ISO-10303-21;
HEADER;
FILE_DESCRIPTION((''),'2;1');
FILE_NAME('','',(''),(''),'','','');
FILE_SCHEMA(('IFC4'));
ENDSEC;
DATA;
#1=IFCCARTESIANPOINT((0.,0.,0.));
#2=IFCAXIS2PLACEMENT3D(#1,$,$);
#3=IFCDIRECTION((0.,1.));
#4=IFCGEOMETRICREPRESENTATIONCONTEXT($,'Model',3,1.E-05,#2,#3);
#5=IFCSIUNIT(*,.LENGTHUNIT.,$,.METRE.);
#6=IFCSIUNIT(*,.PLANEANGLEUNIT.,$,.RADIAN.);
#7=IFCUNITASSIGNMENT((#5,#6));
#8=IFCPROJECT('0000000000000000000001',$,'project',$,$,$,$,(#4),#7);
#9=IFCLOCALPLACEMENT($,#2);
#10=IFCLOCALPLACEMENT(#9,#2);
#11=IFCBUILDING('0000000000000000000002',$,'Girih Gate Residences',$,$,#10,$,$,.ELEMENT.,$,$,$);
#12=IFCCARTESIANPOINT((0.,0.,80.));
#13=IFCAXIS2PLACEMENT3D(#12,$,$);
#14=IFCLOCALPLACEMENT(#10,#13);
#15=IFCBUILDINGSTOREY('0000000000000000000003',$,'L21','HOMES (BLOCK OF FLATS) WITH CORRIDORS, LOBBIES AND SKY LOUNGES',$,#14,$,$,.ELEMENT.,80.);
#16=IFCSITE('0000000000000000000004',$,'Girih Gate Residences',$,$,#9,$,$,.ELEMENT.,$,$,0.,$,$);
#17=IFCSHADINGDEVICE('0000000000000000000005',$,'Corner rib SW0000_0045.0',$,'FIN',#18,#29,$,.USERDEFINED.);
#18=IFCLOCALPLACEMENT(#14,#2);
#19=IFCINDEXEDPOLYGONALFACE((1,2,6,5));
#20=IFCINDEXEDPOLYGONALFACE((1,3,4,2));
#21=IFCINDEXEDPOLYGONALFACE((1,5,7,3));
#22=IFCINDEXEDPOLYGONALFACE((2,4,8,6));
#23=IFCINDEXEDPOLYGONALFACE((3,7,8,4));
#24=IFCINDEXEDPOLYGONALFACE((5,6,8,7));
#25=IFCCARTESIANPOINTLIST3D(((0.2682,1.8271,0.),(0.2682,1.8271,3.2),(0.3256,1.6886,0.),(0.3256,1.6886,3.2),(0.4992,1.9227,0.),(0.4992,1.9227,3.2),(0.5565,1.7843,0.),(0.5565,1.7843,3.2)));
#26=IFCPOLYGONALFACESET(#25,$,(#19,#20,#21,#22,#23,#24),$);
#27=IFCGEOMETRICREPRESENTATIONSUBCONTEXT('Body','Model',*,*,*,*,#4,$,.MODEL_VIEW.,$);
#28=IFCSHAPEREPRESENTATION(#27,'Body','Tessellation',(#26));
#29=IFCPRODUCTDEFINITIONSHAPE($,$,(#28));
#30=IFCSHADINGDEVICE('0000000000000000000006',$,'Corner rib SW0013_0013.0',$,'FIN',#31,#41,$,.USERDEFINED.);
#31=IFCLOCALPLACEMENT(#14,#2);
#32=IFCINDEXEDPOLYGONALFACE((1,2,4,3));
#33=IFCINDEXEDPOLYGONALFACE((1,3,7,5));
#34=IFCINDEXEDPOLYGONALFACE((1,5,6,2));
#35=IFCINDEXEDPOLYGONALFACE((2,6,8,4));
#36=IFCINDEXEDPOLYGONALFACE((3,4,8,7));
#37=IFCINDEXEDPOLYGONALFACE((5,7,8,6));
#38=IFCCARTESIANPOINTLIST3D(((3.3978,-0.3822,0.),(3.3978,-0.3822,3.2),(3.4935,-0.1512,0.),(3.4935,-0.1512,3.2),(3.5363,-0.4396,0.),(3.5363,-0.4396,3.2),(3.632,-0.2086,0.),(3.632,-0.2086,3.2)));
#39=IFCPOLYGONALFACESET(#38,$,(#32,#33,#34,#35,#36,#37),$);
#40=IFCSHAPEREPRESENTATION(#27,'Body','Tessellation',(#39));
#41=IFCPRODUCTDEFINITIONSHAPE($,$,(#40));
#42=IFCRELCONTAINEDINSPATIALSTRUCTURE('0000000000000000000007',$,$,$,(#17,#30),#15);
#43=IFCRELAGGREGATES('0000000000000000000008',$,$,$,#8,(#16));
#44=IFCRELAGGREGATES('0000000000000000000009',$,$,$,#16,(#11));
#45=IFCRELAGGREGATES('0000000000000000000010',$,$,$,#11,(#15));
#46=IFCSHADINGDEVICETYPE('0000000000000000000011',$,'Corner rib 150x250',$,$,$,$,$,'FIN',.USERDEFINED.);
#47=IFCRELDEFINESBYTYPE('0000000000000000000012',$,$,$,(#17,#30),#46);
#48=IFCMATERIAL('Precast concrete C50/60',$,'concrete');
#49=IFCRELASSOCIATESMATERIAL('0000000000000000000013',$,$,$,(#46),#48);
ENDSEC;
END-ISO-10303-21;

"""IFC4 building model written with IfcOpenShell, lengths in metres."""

from ifc_helpers import new_model, si_unit, direction, frame, origin, origin_2d, place, context, subcontext, project, spatial, rectangle, extrude, material, type_object, element, save


model = new_model("IFC4")

# Units and contexts
model_context = context("Model", 3, precision=1e-05, world=origin(), true_north=direction((0.0, 1.0)))
body_context = subcontext(model_context, "Body", "Model", "MODEL_VIEW")
ifc_project = project(units=[si_unit("LENGTHUNIT", "METRE"), si_unit("PLANEANGLEUNIT", "RADIAN")], contexts=[model_context])

# Site, building, storey
site_placement = place(None, origin())
site = spatial("IfcSite", under=ifc_project, at=site_placement, Name="Girih Gate Residences", CompositionType="ELEMENT", RefElevation=0.0)
building_placement = place(site_placement, origin())
building = spatial("IfcBuilding", under=site, at=building_placement, Name="Girih Gate Residences", CompositionType="ELEMENT")
storey_placement = place(building_placement, frame((0.0, 0.0, 80.0)))
storey = spatial("IfcBuildingStorey", under=building, at=storey_placement, Name="L21", Description="HOMES (BLOCK OF FLATS) WITH CORRIDORS, LOBBIES AND SKY LOUNGES", CompositionType="ELEMENT", Elevation=80.0)

# Shared definitions
ifc_material_1 = material(Name="Precast concrete C50/60", Category="concrete")

# Shading devices
shading_device_type = type_object("IfcShadingDeviceType", Name="Corner rib 150x250", ElementType="FIN", PredefinedType="USERDEFINED", material=ifc_material_1)
for number, where, z_axis, x_axis, name in (
    (1, (0.4124, 1.8057, 0.0), (0.0, 0.0, 1.0), (0.382683, -0.92388, 0.0), "Corner rib SW0000_0045.0"),
    (2, (3.5149, -0.2954, 0.0), (0.0, 0.0, 1.0), (0.92388, -0.382683, 0.0), "Corner rib SW0013_0013.0"),
):
    element("IfcShadingDevice", number, at=place(storey_placement, frame(where, z_axis=z_axis, x_axis=x_axis)), inside=storey, type_object=shading_device_type, Name=name, ObjectType="FIN", PredefinedType="USERDEFINED", context=body_context, shape_type="SweptSolid", body=[
        extrude(rectangle(XDim=0.1499, YDim=0.25, at=origin_2d()), origin(), (0.0, 0.0, 1.0), 3.2),
    ])

save(model, "model.ifc")
